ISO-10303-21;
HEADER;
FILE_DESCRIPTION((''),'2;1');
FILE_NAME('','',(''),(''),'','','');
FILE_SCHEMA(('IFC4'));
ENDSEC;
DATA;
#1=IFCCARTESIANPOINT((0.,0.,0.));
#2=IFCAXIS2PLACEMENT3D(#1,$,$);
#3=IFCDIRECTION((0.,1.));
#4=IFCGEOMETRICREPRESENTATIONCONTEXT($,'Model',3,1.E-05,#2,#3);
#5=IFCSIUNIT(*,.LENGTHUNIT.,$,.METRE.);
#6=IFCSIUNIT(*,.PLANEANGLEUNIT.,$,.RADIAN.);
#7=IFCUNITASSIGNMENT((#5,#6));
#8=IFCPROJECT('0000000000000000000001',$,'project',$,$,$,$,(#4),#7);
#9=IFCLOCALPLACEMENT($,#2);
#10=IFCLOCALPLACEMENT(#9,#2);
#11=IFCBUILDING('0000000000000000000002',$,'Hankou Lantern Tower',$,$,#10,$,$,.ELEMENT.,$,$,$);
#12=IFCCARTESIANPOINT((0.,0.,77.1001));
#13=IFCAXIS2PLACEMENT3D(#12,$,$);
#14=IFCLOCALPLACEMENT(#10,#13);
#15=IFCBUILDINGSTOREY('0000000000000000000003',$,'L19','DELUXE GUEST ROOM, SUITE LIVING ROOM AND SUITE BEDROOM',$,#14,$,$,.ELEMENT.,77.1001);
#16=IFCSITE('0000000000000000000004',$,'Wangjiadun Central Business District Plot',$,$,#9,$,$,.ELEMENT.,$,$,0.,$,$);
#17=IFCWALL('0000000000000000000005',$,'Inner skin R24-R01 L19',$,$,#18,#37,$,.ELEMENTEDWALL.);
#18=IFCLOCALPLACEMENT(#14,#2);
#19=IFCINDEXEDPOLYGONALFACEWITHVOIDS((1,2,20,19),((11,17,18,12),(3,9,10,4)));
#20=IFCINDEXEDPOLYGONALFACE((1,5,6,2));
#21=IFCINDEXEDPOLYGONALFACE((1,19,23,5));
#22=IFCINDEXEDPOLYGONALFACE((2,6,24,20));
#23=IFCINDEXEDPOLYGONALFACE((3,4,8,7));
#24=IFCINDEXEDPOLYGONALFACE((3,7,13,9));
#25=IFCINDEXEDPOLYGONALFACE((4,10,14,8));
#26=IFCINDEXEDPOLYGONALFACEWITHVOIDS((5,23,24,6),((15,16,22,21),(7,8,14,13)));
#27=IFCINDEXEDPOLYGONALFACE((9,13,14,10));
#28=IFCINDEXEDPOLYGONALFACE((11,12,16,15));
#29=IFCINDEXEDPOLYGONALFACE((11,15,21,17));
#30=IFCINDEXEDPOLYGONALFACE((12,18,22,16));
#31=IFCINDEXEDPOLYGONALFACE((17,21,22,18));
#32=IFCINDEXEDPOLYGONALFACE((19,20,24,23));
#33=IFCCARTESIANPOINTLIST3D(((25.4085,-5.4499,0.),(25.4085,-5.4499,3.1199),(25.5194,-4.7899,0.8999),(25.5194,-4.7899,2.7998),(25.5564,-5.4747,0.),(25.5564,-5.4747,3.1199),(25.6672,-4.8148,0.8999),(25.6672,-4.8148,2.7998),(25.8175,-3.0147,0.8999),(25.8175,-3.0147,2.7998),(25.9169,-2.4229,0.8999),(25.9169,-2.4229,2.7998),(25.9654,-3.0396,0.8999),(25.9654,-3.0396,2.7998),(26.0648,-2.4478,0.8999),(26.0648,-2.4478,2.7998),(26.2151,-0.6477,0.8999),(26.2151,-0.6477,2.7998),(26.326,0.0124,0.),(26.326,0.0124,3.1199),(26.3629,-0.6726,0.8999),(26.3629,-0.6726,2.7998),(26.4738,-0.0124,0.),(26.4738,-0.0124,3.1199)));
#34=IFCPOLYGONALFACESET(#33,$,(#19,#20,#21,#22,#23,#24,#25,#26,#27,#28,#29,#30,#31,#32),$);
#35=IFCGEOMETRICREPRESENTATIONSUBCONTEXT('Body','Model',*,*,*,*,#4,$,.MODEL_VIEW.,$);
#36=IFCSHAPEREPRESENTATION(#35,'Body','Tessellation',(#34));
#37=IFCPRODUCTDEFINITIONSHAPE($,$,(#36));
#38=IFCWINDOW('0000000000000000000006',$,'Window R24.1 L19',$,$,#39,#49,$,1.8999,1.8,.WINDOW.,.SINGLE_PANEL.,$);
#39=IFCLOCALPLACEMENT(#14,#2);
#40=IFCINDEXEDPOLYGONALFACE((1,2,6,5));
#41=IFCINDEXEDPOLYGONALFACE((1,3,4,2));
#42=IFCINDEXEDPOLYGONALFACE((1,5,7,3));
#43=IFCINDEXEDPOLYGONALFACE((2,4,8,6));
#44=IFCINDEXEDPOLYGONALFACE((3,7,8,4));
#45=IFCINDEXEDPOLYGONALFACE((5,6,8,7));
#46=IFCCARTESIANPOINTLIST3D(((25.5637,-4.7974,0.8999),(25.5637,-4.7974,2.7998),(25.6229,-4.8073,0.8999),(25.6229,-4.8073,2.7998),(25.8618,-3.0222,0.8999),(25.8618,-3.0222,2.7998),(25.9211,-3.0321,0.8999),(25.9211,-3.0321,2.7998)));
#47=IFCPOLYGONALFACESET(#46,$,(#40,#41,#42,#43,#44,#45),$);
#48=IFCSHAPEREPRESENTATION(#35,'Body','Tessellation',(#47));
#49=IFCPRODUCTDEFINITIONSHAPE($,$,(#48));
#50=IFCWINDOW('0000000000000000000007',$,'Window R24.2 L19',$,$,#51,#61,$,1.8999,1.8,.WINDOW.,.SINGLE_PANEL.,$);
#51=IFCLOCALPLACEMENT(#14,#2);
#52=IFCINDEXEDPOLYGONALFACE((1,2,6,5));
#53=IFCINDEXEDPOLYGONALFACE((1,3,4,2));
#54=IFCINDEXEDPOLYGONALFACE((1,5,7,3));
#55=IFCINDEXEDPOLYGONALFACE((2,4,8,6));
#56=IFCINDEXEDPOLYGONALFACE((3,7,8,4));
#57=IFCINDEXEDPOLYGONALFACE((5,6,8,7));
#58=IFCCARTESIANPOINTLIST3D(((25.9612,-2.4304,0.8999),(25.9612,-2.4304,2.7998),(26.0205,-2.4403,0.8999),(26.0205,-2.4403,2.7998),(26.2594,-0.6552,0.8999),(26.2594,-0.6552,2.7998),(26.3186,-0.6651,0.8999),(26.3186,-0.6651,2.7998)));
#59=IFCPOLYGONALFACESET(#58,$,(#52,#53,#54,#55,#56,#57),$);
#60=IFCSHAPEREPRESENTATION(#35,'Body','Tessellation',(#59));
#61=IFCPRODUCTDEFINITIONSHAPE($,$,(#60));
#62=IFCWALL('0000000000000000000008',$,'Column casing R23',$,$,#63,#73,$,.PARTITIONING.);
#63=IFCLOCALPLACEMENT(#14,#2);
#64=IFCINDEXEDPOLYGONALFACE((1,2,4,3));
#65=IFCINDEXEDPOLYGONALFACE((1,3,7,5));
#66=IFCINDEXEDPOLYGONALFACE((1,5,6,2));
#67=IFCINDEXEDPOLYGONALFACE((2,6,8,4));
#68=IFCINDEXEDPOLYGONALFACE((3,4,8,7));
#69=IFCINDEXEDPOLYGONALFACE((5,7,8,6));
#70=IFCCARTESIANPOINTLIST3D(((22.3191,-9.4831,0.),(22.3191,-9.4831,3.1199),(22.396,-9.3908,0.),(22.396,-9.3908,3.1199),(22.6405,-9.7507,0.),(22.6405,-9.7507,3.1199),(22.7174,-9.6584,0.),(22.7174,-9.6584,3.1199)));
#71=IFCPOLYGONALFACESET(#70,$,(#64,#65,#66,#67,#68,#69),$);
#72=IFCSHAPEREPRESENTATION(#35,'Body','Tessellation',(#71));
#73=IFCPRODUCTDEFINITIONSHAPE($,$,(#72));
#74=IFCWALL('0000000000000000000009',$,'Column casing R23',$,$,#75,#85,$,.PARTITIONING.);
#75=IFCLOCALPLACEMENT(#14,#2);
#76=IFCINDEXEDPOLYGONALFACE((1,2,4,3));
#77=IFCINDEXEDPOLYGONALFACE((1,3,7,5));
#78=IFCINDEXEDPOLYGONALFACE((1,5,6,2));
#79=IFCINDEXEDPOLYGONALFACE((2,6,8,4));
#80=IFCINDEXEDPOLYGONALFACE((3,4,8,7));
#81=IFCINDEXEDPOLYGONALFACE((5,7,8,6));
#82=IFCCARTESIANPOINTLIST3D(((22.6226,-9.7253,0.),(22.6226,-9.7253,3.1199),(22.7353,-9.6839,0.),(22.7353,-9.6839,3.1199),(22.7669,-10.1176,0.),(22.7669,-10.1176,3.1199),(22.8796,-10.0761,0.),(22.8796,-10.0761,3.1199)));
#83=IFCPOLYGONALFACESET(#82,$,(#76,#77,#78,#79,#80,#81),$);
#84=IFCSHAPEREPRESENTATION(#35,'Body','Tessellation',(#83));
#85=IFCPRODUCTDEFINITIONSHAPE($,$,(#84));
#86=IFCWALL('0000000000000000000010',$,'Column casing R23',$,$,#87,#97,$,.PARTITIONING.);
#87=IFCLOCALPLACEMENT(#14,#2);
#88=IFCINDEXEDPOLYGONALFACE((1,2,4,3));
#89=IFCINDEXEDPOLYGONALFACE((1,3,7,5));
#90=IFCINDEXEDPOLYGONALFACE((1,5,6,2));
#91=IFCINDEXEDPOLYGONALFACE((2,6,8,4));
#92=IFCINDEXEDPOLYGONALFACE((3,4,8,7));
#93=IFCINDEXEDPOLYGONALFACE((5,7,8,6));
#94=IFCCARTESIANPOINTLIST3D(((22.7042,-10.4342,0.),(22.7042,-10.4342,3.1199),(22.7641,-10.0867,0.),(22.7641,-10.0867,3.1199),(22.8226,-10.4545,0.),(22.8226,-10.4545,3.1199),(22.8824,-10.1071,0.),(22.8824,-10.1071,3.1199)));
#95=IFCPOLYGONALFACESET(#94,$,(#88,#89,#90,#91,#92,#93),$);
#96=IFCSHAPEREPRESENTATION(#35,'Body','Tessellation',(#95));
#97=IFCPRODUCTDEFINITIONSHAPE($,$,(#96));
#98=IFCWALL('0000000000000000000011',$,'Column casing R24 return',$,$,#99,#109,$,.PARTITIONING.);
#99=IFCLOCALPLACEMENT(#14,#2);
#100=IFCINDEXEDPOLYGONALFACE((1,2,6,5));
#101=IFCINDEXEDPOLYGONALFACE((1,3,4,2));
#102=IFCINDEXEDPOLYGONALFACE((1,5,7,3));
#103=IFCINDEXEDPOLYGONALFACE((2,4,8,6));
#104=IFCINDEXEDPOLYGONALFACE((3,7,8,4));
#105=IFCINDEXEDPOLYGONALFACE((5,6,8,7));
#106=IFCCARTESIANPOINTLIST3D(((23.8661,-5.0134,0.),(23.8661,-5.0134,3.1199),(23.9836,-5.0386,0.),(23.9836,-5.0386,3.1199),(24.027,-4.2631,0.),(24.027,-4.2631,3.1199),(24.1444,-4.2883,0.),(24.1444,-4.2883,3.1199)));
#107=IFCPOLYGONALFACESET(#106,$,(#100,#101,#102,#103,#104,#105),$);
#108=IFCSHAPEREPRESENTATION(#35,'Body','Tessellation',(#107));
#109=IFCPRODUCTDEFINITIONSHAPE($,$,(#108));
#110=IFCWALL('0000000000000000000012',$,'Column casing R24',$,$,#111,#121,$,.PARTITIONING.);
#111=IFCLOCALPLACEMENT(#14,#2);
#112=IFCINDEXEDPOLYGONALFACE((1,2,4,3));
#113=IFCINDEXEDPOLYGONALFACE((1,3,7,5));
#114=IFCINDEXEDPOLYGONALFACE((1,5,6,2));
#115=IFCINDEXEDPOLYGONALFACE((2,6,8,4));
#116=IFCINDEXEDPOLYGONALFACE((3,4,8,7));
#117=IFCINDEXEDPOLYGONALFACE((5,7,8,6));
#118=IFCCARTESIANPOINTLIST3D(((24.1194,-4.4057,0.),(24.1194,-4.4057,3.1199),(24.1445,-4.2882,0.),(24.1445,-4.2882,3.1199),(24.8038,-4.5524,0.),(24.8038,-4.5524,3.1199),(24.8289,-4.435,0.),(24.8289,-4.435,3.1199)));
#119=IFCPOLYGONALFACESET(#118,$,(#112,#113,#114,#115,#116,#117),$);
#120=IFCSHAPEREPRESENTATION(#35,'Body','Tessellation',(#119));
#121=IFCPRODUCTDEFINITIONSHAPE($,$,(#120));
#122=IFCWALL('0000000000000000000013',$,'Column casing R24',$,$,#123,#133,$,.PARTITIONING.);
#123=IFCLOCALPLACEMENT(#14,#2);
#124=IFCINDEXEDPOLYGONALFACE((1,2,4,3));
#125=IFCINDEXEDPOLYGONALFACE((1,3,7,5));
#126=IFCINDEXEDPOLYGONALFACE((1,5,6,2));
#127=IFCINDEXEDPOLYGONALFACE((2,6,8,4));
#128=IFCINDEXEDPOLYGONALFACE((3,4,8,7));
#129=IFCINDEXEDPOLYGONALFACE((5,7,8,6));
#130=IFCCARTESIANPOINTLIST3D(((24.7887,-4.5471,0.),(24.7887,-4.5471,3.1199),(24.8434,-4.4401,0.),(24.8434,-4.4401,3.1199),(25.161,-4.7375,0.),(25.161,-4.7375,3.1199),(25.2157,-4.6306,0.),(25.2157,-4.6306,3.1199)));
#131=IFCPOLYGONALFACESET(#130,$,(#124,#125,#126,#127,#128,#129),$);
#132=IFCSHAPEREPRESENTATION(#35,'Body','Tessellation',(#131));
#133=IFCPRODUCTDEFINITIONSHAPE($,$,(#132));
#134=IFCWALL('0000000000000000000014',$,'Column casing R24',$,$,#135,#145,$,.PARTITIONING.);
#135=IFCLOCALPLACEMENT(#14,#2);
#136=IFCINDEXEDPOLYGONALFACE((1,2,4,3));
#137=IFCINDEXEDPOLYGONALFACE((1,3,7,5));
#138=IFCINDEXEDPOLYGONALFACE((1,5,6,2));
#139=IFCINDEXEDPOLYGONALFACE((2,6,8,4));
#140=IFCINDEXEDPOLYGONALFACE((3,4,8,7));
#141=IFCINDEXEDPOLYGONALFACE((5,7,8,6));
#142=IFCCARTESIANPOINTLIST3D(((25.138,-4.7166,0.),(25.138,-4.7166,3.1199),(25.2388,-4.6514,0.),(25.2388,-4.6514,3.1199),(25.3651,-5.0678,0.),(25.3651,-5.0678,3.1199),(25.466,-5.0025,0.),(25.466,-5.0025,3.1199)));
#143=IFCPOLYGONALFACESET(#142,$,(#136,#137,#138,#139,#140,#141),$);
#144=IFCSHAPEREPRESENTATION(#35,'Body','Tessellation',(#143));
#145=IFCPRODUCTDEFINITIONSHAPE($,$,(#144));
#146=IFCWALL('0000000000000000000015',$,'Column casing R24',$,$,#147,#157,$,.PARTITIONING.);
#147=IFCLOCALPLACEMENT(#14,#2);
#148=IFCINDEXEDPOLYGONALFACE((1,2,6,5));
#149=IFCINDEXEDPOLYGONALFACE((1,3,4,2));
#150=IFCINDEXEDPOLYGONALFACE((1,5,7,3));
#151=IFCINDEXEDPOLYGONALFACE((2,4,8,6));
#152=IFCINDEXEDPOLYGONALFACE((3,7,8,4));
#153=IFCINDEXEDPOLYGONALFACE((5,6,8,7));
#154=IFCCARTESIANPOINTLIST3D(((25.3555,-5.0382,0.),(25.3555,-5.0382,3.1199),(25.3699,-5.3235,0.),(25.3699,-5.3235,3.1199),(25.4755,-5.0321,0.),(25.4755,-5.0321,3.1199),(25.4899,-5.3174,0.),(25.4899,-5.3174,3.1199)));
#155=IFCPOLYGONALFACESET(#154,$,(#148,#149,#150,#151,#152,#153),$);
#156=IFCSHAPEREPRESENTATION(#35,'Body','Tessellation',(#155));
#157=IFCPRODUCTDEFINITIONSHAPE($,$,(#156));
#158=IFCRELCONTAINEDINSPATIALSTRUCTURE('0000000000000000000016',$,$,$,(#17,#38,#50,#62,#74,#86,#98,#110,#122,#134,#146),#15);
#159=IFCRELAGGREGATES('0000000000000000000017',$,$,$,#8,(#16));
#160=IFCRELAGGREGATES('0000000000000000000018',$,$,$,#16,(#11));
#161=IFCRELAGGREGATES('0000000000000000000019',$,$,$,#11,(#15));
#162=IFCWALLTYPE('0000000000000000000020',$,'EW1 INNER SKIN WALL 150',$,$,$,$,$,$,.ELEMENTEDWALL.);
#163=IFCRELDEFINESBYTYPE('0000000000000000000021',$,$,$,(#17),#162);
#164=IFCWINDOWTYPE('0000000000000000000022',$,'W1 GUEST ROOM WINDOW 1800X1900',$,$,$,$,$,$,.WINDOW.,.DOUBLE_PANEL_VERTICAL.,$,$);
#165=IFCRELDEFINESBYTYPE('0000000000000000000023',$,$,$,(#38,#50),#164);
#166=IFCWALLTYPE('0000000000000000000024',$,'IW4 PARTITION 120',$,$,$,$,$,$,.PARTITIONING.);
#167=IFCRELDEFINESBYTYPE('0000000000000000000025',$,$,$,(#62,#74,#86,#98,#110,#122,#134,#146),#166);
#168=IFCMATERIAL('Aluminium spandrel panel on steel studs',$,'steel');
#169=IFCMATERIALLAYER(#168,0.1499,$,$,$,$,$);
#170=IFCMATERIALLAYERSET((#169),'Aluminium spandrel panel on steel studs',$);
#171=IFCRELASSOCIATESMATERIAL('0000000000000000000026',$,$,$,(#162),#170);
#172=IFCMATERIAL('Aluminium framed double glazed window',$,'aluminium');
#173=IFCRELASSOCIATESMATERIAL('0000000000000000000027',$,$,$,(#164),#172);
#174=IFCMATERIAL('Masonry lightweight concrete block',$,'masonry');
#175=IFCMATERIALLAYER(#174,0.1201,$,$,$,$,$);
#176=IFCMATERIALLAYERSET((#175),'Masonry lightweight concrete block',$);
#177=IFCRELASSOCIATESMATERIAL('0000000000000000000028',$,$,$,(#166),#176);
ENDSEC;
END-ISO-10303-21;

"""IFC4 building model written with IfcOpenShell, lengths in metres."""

from ifc_helpers import new_model, si_unit, direction, frame, frame_2d, origin, place, context, subcontext, project, spatial, rectangle, extrude, material, layer, layer_set, type_object, element, fill, save


model = new_model("IFC4")

# Units and contexts
model_context = context("Model", 3, precision=1e-05, world=origin(), true_north=direction((0.0, 1.0)))
body_context = subcontext(model_context, "Body", "Model", "MODEL_VIEW")
ifc_project = project(units=[si_unit("LENGTHUNIT", "METRE"), si_unit("PLANEANGLEUNIT", "RADIAN")], contexts=[model_context])

# Site, building, storey
site_placement = place(None, origin())
site = spatial("IfcSite", under=ifc_project, at=site_placement, Name="Wangjiadun Central Business District Plot", CompositionType="ELEMENT", RefElevation=0.0)
building_placement = place(site_placement, origin())
building = spatial("IfcBuilding", under=site, at=building_placement, Name="Hankou Lantern Tower", CompositionType="ELEMENT")
storey_placement = place(building_placement, frame((0.0, 0.0, 77.1001)))
storey = spatial("IfcBuildingStorey", under=building, at=storey_placement, Name="L19", Description="DELUXE GUEST ROOM, SUITE LIVING ROOM AND SUITE BEDROOM", CompositionType="ELEMENT", Elevation=77.1001)

# Wall, openings, windows
ifc_material_1 = material(Name="Aluminium spandrel panel on steel studs", Category="steel")
ifc_layer_1 = layer(ifc_material_1, 0.1499)
ifc_layer_set_1 = layer_set([ifc_layer_1], Name="Aluminium spandrel panel on steel studs")
wall_type_1 = type_object("IfcWallType", Name="EW1 INNER SKIN WALL 150", PredefinedType="ELEMENTEDWALL", material=ifc_layer_set_1)
wall_1_placement = place(storey_placement, frame((25.4824, -5.4624, 0.0), z_axis=(0.0, 0.0, 1.0), x_axis=(0.165643, 0.986186, 0.0)))
wall_1 = element("IfcWall", 1, at=wall_1_placement, inside=storey, type_object=wall_type_1, Name="Inner skin R24-R01 L19", PredefinedType="ELEMENTEDWALL", context=body_context, shape_type="SweptSolid", body=[
    extrude(rectangle(XDim=5.5388, YDim=0.1499, at=frame_2d((2.7695, 0.0))), origin(), (0.0, 0.0, 1.0), 3.1199),
])
opening_1_placement = place(wall_1_placement, frame((0.6694, 0.0, 0.8999)))
opening_1 = element("IfcOpeningElement", 2, at=opening_1_placement, cuts=wall_1, PredefinedType="OPENING", context=body_context, shape_type="SweptSolid", body=[
    extrude(rectangle(XDim=1.8, YDim=1.8999, at=frame_2d((0.8999, 0.95))), frame((0.0, 0.085, 0.0), z_axis=(0.0, -1.0, 0.0), x_axis=(1.0, 0.0, 0.0)), (0.0, 0.0, 1.0), 0.1699),
])
opening_2_placement = place(wall_1_placement, frame((3.0696, 0.0, 0.8999)))
opening_2 = element("IfcOpeningElement", 3, at=opening_2_placement, cuts=wall_1, PredefinedType="OPENING", context=body_context, shape_type="SweptSolid", body=[
    extrude(rectangle(XDim=1.8, YDim=1.8999, at=frame_2d((0.8999, 0.95))), frame((0.0, 0.085, 0.0), z_axis=(0.0, -1.0, 0.0), x_axis=(1.0, 0.0, 0.0)), (0.0, 0.0, 1.0), 0.1699),
])
ifc_material_2 = material(Name="Aluminium framed double glazed window", Category="aluminium")
window_type = type_object("IfcWindowType", Name="W1 GUEST ROOM WINDOW 1800X1900", PartitioningType="DOUBLE_PANEL_VERTICAL", PredefinedType="WINDOW", material=ifc_material_2)
window_1_placement = place(opening_1_placement, origin())
window_1 = element("IfcWindow", 4, at=window_1_placement, inside=storey, type_object=window_type, Name="Window R24.1 L19", OverallHeight=1.8999, OverallWidth=1.8, PartitioningType="SINGLE_PANEL", PredefinedType="WINDOW", context=body_context, shape_type="SweptSolid", body=[
    extrude(rectangle(XDim=1.8, YDim=1.8999, at=frame_2d((0.8999, 0.95))), frame((0.0, 0.03, 0.0), z_axis=(0.0, -1.0, 0.0), x_axis=(1.0, 0.0, 0.0)), (0.0, 0.0, 1.0), 0.0601),
])
fill(opening_1, window_1)
window_2_placement = place(opening_2_placement, origin())
window_2 = element("IfcWindow", 5, at=window_2_placement, inside=storey, type_object=window_type, Name="Window R24.2 L19", OverallHeight=1.8999, OverallWidth=1.8, PartitioningType="SINGLE_PANEL", PredefinedType="WINDOW", context=body_context, shape_type="SweptSolid", body=[
    extrude(rectangle(XDim=1.8, YDim=1.8999, at=frame_2d((0.8999, 0.95))), frame((0.0, 0.03, 0.0), z_axis=(0.0, -1.0, 0.0), x_axis=(1.0, 0.0, 0.0)), (0.0, 0.0, 1.0), 0.0601),
])
fill(opening_2, window_2)

# Walls
ifc_material_3 = material(Name="Masonry lightweight concrete block", Category="masonry")
ifc_layer_2 = layer(ifc_material_3, 0.1201)
ifc_layer_set_2 = layer_set([ifc_layer_2], Name="Masonry lightweight concrete block")
wall_type_2 = type_object("IfcWallType", Name="IW4 PARTITION 120", PredefinedType="PARTITIONING", material=ifc_layer_set_2)
wall_2_placement = place(storey_placement, frame((22.3577, -9.437, 0.0), z_axis=(0.0, 0.0, 1.0), x_axis=(0.768413, -0.639955, 0.0)))
element("IfcWall", 6, at=wall_2_placement, inside=storey, type_object=wall_type_2, Name="Column casing R23", PredefinedType="PARTITIONING", context=body_context, shape_type="SweptSolid", body=[
    extrude(rectangle(XDim=0.4182, YDim=0.1201, at=frame_2d((0.209, 0.0))), origin(), (0.0, 0.0, 1.0), 3.1199),
])
wall_3_placement = place(storey_placement, frame((22.679, -9.7046, 0.0), z_axis=(0.0, 0.0, 1.0), x_axis=(0.345164, -0.938542, 0.0)))
element("IfcWall", 7, at=wall_3_placement, inside=storey, type_object=wall_type_2, Name="Column casing R23", PredefinedType="PARTITIONING", context=body_context, shape_type="SweptSolid", body=[
    extrude(rectangle(XDim=0.418, YDim=0.1201, at=frame_2d((0.209, 0.0))), origin(), (0.0, 0.0, 1.0), 3.1199),
])
wall_4_placement = place(storey_placement, frame((22.8232, -10.0969, 0.0), z_axis=(0.0, 0.0, 1.0), x_axis=(-0.169675, -0.9855, 0.0)))
element("IfcWall", 8, at=wall_4_placement, inside=storey, type_object=wall_type_2, Name="Column casing R23", PredefinedType="PARTITIONING", context=body_context, shape_type="SweptSolid", body=[
    extrude(rectangle(XDim=0.3525, YDim=0.1201, at=frame_2d((0.1763, 0.0))), origin(), (0.0, 0.0, 1.0), 3.1199),
])
wall_5_placement = place(storey_placement, frame((23.9248, -5.0261, 0.0), z_axis=(0.0, 0.0, 1.0), x_axis=(0.209681, 0.97777, 0.0)))
element("IfcWall", 9, at=wall_5_placement, inside=storey, type_object=wall_type_2, Name="Column casing R24 return", PredefinedType="PARTITIONING", context=body_context, shape_type="SweptSolid", body=[
    extrude(rectangle(XDim=0.7673, YDim=0.1201, at=frame_2d((0.3838, 0.0))), origin(), (0.0, 0.0, 1.0), 3.1199),
])
wall_6_placement = place(storey_placement, frame((24.1318, -4.3469, 0.0), z_axis=(0.0, 0.0, 1.0), x_axis=(0.977777, -0.209648, 0.0)))
element("IfcWall", 10, at=wall_6_placement, inside=storey, type_object=wall_type_2, Name="Column casing R24", PredefinedType="PARTITIONING", context=body_context, shape_type="SweptSolid", body=[
    extrude(rectangle(XDim=0.7, YDim=0.1201, at=frame_2d((0.3501, 0.0))), origin(), (0.0, 0.0, 1.0), 3.1199),
])
for number, where, z_axis, x_axis, name in (
    (11, (24.8162, -4.4937, 0.0), (0.0, 0.0, 1.0), (0.890303, -0.455368, 0.0), "Column casing R24"),
    (12, (25.1885, -4.6841, 0.0), (0.0, 0.0, 1.0), (0.543058, -0.839695, 0.0), "Column casing R24"),
):
    element("IfcWall", number, at=place(storey_placement, frame(where, z_axis=z_axis, x_axis=x_axis)), inside=storey, type_object=wall_type_2, Name=name, PredefinedType="PARTITIONING", context=body_context, shape_type="SweptSolid", body=[
        extrude(rectangle(XDim=0.4182, YDim=0.1201, at=frame_2d((0.209, 0.0))), origin(), (0.0, 0.0, 1.0), 3.1199),
    ])
wall_7_placement = place(storey_placement, frame((25.4155, -5.0352, 0.0), z_axis=(0.0, 0.0, 1.0), x_axis=(0.050406, -0.998729, 0.0)))
element("IfcWall", 13, at=wall_7_placement, inside=storey, type_object=wall_type_2, Name="Column casing R24", PredefinedType="PARTITIONING", context=body_context, shape_type="SweptSolid", body=[
    extrude(rectangle(XDim=0.2856, YDim=0.1201, at=frame_2d((0.1428, 0.0))), origin(), (0.0, 0.0, 1.0), 3.1199),
])

save(model, "model.ifc")
